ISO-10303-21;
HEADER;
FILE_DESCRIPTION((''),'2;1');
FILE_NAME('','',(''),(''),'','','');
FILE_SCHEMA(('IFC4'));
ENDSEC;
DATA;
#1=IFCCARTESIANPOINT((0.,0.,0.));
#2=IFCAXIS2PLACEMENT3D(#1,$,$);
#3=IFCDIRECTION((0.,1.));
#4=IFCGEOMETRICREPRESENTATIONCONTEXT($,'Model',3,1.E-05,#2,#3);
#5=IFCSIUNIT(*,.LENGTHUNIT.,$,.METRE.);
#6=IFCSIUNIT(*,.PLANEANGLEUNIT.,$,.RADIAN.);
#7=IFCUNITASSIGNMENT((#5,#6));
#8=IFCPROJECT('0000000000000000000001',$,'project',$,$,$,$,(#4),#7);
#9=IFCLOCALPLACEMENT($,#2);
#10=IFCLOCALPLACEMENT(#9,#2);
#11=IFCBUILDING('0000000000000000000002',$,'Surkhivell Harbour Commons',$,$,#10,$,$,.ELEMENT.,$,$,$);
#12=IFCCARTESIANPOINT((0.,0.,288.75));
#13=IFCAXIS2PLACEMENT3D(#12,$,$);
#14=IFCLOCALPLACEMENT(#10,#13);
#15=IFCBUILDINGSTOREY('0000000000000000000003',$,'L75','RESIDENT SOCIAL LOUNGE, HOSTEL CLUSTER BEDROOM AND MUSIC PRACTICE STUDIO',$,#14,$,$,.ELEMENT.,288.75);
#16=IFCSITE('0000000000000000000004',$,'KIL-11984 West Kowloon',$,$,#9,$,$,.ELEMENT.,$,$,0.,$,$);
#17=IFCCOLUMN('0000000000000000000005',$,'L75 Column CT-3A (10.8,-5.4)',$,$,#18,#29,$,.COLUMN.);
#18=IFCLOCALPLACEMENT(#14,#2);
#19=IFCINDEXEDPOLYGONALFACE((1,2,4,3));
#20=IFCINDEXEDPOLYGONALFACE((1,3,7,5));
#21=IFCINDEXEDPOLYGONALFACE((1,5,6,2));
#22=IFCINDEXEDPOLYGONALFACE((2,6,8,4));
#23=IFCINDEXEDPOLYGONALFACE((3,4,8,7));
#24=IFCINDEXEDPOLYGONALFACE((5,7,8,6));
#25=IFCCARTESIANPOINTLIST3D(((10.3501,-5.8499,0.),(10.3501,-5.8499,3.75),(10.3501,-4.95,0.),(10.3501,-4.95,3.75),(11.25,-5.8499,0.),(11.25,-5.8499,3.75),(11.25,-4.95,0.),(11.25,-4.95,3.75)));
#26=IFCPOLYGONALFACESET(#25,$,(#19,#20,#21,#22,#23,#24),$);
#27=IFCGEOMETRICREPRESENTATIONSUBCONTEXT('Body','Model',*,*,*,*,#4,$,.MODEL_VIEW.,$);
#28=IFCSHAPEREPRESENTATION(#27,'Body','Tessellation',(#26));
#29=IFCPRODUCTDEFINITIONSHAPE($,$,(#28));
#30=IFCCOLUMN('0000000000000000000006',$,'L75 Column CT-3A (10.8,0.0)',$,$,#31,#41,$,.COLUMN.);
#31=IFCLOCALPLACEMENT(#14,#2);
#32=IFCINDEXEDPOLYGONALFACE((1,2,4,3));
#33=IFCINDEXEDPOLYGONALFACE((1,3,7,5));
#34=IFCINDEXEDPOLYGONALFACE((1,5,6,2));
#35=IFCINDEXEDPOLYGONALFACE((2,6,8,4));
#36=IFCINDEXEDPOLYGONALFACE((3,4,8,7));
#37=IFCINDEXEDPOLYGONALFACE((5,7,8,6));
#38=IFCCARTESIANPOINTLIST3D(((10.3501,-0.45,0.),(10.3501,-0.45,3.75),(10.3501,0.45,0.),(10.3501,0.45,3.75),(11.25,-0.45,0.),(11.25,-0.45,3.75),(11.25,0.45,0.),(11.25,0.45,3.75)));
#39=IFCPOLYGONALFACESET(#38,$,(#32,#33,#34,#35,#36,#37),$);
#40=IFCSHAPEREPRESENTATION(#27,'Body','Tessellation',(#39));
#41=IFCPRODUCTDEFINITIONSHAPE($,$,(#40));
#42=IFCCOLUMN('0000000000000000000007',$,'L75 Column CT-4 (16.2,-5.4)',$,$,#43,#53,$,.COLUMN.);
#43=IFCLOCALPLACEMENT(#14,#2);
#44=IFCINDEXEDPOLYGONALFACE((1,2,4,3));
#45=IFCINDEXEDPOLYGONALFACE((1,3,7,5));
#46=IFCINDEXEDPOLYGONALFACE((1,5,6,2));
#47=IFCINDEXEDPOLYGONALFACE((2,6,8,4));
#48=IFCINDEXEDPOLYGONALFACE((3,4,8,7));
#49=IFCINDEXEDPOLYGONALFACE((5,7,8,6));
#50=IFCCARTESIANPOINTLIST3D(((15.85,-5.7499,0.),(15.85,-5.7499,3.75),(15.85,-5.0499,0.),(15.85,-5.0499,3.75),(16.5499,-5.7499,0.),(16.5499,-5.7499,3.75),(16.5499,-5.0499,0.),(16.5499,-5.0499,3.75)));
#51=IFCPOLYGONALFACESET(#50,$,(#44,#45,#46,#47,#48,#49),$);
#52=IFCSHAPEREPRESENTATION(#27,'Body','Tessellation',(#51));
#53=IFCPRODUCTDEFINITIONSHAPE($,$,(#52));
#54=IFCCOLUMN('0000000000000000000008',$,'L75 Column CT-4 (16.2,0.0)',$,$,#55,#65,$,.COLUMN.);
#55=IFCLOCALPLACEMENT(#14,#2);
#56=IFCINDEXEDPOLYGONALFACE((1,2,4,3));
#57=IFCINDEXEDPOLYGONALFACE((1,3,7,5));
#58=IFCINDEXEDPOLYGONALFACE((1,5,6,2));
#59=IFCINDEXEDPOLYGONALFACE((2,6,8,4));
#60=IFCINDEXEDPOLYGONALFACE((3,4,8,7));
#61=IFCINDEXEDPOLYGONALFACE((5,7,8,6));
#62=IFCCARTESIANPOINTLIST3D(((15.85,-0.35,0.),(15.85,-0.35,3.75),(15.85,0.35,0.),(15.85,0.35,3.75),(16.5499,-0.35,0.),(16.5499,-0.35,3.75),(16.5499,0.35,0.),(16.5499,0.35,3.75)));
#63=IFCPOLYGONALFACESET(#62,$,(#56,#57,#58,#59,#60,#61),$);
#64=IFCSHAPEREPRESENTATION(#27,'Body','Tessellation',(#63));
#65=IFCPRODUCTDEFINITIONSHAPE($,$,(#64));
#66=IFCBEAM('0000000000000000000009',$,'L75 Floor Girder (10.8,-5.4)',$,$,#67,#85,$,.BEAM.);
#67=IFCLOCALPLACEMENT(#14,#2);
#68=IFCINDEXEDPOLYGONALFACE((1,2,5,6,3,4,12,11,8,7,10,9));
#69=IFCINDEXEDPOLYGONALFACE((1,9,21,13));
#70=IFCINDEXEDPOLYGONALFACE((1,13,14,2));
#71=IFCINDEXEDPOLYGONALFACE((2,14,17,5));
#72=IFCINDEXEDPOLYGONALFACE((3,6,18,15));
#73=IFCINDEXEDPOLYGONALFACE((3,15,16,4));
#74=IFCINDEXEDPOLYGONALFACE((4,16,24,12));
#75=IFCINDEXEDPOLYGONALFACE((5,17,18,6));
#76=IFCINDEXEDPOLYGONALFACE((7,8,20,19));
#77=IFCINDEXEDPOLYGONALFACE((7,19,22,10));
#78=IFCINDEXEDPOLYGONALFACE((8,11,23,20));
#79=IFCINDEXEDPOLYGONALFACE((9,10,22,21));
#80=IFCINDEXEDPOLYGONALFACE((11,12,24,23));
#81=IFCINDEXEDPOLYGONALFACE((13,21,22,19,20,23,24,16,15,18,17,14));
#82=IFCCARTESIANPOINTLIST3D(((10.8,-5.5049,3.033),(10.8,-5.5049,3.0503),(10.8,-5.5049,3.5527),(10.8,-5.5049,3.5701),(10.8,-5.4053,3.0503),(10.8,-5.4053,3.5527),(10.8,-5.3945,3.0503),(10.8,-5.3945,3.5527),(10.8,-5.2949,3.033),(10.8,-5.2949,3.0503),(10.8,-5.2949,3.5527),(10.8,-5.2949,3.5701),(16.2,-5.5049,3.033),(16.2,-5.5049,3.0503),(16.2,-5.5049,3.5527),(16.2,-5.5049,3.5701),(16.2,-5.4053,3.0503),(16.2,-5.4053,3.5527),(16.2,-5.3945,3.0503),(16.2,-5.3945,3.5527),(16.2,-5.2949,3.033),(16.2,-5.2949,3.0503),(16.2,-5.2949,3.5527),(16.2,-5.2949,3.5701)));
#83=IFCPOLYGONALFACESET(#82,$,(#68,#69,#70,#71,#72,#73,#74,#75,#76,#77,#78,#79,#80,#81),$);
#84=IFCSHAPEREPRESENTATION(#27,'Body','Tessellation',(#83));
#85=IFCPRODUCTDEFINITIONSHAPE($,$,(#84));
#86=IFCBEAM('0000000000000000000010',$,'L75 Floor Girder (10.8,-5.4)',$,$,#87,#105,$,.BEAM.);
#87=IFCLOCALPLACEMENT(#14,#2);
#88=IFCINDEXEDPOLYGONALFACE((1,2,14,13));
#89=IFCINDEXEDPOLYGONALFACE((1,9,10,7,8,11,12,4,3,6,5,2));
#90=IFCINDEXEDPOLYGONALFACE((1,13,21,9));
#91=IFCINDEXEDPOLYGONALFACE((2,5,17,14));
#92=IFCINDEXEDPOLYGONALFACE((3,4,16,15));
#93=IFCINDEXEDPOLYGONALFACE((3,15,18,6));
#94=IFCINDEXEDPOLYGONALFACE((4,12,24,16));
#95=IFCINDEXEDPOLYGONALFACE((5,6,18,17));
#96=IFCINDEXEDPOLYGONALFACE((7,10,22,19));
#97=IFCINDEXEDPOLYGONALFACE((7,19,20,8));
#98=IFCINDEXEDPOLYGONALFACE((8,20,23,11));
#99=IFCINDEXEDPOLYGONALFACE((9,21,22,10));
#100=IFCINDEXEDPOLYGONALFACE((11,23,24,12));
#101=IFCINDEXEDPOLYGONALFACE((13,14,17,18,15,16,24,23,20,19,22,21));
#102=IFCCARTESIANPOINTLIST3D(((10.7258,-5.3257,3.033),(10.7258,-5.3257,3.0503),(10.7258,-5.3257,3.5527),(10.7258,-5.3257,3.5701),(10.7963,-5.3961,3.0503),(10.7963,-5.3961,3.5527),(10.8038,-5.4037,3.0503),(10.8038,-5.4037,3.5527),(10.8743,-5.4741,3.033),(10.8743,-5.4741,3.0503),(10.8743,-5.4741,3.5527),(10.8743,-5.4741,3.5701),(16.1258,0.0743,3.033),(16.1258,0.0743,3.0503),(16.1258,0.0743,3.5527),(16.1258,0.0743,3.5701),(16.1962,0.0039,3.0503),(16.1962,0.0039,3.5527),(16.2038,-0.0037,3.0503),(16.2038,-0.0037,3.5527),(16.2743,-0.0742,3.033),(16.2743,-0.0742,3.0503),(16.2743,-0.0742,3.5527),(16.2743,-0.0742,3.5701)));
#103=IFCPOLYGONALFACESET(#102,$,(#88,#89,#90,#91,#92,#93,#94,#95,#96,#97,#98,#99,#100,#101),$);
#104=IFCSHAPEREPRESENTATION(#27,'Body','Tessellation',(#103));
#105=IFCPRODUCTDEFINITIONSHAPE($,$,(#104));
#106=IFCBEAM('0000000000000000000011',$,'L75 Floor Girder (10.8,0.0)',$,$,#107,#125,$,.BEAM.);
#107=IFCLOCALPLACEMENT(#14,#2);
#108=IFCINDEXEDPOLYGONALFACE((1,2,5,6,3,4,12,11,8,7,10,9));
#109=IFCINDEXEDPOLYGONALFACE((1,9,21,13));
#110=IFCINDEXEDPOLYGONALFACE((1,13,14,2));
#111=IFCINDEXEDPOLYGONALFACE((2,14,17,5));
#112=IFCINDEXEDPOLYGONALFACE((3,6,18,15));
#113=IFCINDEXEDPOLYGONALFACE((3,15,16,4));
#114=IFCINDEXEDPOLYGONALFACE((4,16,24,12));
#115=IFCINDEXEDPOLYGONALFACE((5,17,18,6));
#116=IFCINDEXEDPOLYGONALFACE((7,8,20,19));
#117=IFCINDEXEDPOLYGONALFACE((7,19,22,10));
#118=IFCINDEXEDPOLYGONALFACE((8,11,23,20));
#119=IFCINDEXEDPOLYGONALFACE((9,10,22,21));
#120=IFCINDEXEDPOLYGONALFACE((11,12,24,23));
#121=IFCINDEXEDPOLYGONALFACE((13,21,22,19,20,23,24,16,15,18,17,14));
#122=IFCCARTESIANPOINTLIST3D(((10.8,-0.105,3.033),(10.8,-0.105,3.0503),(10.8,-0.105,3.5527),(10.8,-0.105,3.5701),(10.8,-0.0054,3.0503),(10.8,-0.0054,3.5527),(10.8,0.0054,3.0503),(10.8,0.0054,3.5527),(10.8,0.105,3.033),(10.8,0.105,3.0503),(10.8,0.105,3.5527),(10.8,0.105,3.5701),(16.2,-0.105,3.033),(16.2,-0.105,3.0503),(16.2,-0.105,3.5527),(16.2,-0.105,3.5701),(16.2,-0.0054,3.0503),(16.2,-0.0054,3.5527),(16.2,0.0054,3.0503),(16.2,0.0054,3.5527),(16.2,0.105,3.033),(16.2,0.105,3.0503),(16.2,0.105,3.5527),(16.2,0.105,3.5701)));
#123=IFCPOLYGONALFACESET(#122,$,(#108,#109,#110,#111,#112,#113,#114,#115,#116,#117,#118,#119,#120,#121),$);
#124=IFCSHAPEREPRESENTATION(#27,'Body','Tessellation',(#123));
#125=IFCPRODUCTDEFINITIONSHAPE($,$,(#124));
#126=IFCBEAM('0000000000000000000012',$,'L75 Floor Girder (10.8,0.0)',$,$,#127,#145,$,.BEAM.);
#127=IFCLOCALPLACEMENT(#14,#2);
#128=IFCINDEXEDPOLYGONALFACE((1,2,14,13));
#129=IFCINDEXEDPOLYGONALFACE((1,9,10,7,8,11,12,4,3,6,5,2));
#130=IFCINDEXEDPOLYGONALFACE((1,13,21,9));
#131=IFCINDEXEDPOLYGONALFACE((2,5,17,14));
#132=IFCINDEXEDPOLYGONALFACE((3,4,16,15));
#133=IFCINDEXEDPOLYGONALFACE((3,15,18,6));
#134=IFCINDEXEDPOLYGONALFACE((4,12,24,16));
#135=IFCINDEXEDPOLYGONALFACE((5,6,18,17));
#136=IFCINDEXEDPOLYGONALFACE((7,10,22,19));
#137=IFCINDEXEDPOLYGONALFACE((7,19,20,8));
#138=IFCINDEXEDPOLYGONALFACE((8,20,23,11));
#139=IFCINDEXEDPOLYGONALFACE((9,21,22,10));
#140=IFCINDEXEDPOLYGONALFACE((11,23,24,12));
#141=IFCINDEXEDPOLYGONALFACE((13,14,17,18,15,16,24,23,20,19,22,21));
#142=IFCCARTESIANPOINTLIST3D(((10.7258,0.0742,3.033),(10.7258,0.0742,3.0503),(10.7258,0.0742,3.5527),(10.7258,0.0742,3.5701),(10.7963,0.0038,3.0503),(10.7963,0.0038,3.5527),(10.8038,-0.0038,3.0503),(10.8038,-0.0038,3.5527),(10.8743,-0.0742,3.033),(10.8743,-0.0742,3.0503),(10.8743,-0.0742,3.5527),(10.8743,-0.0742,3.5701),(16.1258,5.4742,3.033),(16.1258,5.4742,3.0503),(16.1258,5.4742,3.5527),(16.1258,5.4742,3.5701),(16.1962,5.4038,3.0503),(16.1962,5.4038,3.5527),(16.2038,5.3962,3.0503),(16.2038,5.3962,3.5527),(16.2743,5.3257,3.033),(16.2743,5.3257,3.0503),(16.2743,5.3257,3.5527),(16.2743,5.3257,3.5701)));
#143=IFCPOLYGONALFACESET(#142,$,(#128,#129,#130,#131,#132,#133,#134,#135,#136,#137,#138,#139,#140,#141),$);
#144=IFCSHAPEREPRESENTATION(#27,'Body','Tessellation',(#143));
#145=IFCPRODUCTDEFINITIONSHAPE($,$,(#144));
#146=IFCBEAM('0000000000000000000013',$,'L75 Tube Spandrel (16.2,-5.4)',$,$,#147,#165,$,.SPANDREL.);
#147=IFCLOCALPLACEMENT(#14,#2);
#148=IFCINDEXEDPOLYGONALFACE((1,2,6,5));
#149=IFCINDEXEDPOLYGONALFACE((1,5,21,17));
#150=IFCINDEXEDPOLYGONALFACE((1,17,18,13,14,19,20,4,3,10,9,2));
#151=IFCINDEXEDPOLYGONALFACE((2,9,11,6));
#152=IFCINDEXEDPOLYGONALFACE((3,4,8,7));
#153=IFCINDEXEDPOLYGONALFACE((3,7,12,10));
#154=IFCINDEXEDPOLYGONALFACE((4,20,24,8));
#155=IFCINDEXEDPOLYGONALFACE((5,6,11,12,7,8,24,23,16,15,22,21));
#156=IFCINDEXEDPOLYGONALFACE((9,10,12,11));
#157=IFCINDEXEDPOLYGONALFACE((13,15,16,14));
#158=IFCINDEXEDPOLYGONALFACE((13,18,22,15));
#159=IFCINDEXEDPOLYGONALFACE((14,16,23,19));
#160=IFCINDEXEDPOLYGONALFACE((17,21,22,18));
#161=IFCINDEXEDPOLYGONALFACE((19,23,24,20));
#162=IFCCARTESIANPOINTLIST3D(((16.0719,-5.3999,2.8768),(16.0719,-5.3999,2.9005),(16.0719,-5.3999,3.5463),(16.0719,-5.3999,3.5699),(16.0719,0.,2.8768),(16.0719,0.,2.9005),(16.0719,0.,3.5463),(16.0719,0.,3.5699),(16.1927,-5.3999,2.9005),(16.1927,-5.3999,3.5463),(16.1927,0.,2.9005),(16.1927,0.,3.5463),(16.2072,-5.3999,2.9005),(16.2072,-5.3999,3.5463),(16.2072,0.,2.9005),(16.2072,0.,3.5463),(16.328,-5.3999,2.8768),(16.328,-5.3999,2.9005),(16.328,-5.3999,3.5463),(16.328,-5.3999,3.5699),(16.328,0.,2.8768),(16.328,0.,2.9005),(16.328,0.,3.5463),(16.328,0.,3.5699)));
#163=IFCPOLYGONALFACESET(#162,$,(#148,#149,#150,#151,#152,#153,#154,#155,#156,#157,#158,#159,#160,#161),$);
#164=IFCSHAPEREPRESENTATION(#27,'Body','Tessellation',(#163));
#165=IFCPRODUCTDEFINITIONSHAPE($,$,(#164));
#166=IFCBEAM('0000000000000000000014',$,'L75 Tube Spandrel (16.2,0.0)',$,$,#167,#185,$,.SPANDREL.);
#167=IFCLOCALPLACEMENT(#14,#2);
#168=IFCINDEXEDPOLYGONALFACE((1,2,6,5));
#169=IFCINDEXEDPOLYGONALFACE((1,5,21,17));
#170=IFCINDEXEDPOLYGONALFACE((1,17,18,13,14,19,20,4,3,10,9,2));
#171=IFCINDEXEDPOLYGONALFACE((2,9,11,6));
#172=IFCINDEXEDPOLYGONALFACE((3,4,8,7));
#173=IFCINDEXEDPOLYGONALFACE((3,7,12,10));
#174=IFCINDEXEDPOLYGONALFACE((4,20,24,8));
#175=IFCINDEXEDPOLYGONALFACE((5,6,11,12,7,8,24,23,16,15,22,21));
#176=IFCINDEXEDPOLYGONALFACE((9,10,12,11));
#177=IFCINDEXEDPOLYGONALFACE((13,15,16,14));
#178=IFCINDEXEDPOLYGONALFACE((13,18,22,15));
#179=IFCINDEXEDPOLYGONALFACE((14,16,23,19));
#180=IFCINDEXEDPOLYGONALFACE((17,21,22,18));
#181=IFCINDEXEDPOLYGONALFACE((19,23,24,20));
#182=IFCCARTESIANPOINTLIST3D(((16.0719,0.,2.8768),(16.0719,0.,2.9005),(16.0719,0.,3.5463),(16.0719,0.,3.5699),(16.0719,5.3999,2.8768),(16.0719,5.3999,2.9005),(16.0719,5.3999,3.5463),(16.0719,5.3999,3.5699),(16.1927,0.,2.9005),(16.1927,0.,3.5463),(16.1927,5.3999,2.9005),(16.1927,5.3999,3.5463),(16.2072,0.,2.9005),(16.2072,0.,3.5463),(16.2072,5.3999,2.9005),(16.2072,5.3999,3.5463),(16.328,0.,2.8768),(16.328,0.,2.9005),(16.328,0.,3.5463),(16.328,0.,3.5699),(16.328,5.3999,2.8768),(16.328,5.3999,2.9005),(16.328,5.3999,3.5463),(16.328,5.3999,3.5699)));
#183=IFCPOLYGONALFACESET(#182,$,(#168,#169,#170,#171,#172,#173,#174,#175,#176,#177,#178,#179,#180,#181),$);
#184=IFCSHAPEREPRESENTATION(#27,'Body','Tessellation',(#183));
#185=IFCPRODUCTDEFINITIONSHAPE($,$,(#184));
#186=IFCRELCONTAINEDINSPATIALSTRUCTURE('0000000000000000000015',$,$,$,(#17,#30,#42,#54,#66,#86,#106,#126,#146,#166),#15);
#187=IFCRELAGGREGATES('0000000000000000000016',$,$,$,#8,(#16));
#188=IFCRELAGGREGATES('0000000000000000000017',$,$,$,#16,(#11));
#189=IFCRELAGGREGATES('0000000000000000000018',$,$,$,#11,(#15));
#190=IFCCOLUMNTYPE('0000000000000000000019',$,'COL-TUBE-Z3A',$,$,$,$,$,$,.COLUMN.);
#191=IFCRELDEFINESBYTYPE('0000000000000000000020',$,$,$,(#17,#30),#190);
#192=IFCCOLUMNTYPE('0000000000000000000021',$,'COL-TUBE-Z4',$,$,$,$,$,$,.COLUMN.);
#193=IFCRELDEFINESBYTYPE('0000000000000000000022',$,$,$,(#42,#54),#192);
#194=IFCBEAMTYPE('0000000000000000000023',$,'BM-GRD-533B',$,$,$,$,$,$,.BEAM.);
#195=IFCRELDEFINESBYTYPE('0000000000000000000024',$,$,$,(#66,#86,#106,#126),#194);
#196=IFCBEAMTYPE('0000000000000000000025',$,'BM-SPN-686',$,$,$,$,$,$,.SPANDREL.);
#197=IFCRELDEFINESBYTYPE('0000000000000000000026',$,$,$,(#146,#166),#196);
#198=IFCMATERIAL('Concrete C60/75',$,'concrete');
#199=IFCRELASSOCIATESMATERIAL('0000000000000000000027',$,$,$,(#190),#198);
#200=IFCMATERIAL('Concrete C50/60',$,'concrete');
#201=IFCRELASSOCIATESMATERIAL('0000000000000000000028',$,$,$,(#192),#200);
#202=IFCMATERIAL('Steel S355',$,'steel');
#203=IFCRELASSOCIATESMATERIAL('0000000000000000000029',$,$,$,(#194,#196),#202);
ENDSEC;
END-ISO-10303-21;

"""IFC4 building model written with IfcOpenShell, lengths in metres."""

from ifc_helpers import new_model, si_unit, direction, frame, origin, origin_2d, place, context, subcontext, project, spatial, rectangle, i_section, extrude, material, material_profile, profile_set, type_object, element, save


model = new_model("IFC4")

# Units and contexts
model_context = context("Model", 3, precision=1e-05, world=origin(), true_north=direction((0.0, 1.0)))
body_context = subcontext(model_context, "Body", "Model", "MODEL_VIEW")
ifc_project = project(units=[si_unit("LENGTHUNIT", "METRE"), si_unit("PLANEANGLEUNIT", "RADIAN")], contexts=[model_context])

# Site, building, storey
site_placement = place(None, origin())
site = spatial("IfcSite", under=ifc_project, at=site_placement, Name="KIL-11984 West Kowloon", CompositionType="ELEMENT", RefElevation=0.0)
building_placement = place(site_placement, origin())
building = spatial("IfcBuilding", under=site, at=building_placement, Name="Surkhivell Harbour Commons", CompositionType="ELEMENT")
storey_placement = place(building_placement, frame((0.0, 0.0, 288.75)))
storey = spatial("IfcBuildingStorey", under=building, at=storey_placement, Name="L75", Description="RESIDENT SOCIAL LOUNGE, HOSTEL CLUSTER BEDROOM AND MUSIC PRACTICE STUDIO", CompositionType="ELEMENT", Elevation=288.75)

# Columns
ifc_material_1 = material(Name="Concrete C60/75", Category="concrete")
ifc_material_profile_1 = material_profile(ifc_material_1, rectangle(XDim=0.8999, YDim=0.8999, at=origin_2d()), Name="RC-COL-900x900")
ifc_profile_set_1 = profile_set([ifc_material_profile_1], Name="Concrete C60/75")
column_type_1 = type_object("IfcColumnType", Name="COL-TUBE-Z3A", PredefinedType="COLUMN", material=ifc_profile_set_1)
for number, where, z_axis, x_axis, name in (
    (1, (10.8, -5.3999, 0.0), (0.0, 0.0, 1.0), (1.0, 0.0, 0.0), "L75 Column CT-3A (10.8,-5.4)"),
    (2, (10.8, 0.0, 0.0), (0.0, 0.0, 1.0), (1.0, 0.0, 0.0), "L75 Column CT-3A (10.8,0.0)"),
):
    element("IfcColumn", number, at=place(storey_placement, frame(where, z_axis=z_axis, x_axis=x_axis)), inside=storey, type_object=column_type_1, Name=name, PredefinedType="COLUMN", context=body_context, shape_type="SweptSolid", body=[
        extrude(rectangle(XDim=0.8999, YDim=0.8999, at=origin_2d()), origin(), (0.0, 0.0, 1.0), 3.75),
    ])
ifc_material_2 = material(Name="Concrete C50/60", Category="concrete")
ifc_material_profile_2 = material_profile(ifc_material_2, rectangle(XDim=0.7, YDim=0.7, at=origin_2d()), Name="RC-COL-700x700")
ifc_profile_set_2 = profile_set([ifc_material_profile_2], Name="Concrete C50/60")
column_type_2 = type_object("IfcColumnType", Name="COL-TUBE-Z4", PredefinedType="COLUMN", material=ifc_profile_set_2)
for number, where, z_axis, x_axis, name in (
    (3, (16.2, -5.3999, 0.0), (0.0, 0.0, 1.0), (1.0, 0.0, 0.0), "L75 Column CT-4 (16.2,-5.4)"),
    (4, (16.2, 0.0, 0.0), (0.0, 0.0, 1.0), (1.0, 0.0, 0.0), "L75 Column CT-4 (16.2,0.0)"),
):
    element("IfcColumn", number, at=place(storey_placement, frame(where, z_axis=z_axis, x_axis=x_axis)), inside=storey, type_object=column_type_2, Name=name, PredefinedType="COLUMN", context=body_context, shape_type="SweptSolid", body=[
        extrude(rectangle(XDim=0.7, YDim=0.7, at=origin_2d()), origin(), (0.0, 0.0, 1.0), 3.75),
    ])

# Beams
ifc_material_3 = material(Name="Steel S355", Category="steel")
ifc_material_profile_3 = material_profile(ifc_material_3, i_section(OverallWidth=0.21, OverallDepth=0.5371, WebThickness=0.0107, FlangeThickness=0.0173, at=origin_2d()), Name="UB533x210x101")
ifc_profile_set_3 = profile_set([ifc_material_profile_3], Name="Steel S355")
beam_type_1 = type_object("IfcBeamType", Name="BM-GRD-533B", PredefinedType="BEAM", material=ifc_profile_set_3)
beam_1_placement = place(storey_placement, frame((10.8, -5.3999, 3.3015), z_axis=(1.0, 0.0, 0.0), x_axis=(0.0, 1.0, 0.0)))
element("IfcBeam", 5, at=beam_1_placement, inside=storey, type_object=beam_type_1, Name="L75 Floor Girder (10.8,-5.4)", PredefinedType="BEAM", context=body_context, shape_type="SweptSolid", body=[
    extrude(i_section(OverallWidth=0.21, OverallDepth=0.5371, WebThickness=0.0107, FlangeThickness=0.0173, at=origin_2d()), origin(), (0.0, 0.0, 1.0), 5.3999),
])
beam_2_placement = place(storey_placement, frame((10.8, -5.3999, 3.3015), z_axis=(0.707107, 0.707107, 0.0), x_axis=(-0.707107, 0.707107, 0.0)))
element("IfcBeam", 6, at=beam_2_placement, inside=storey, type_object=beam_type_1, Name="L75 Floor Girder (10.8,-5.4)", PredefinedType="BEAM", context=body_context, shape_type="SweptSolid", body=[
    extrude(i_section(OverallWidth=0.21, OverallDepth=0.5371, WebThickness=0.0107, FlangeThickness=0.0173, at=origin_2d()), origin(), (0.0, 0.0, 1.0), 7.6367),
])
beam_3_placement = place(storey_placement, frame((10.8, 0.0, 3.3015), z_axis=(1.0, 0.0, 0.0), x_axis=(0.0, 1.0, 0.0)))
element("IfcBeam", 7, at=beam_3_placement, inside=storey, type_object=beam_type_1, Name="L75 Floor Girder (10.8,0.0)", PredefinedType="BEAM", context=body_context, shape_type="SweptSolid", body=[
    extrude(i_section(OverallWidth=0.21, OverallDepth=0.5371, WebThickness=0.0107, FlangeThickness=0.0173, at=origin_2d()), origin(), (0.0, 0.0, 1.0), 5.3999),
])
beam_4_placement = place(storey_placement, frame((10.8, 0.0, 3.3015), z_axis=(0.707107, 0.707107, 0.0), x_axis=(-0.707107, 0.707107, 0.0)))
element("IfcBeam", 8, at=beam_4_placement, inside=storey, type_object=beam_type_1, Name="L75 Floor Girder (10.8,0.0)", PredefinedType="BEAM", context=body_context, shape_type="SweptSolid", body=[
    extrude(i_section(OverallWidth=0.21, OverallDepth=0.5371, WebThickness=0.0107, FlangeThickness=0.0173, at=origin_2d()), origin(), (0.0, 0.0, 1.0), 7.6367),
])
ifc_material_profile_4 = material_profile(ifc_material_3, i_section(OverallWidth=0.2561, OverallDepth=0.6931, WebThickness=0.0144, FlangeThickness=0.0237, at=origin_2d()), Name="UB686x254x170")
ifc_profile_set_4 = profile_set([ifc_material_profile_4], Name="Steel S355")
beam_type_2 = type_object("IfcBeamType", Name="BM-SPN-686", PredefinedType="SPANDREL", material=ifc_profile_set_4)
for number, where, z_axis, x_axis, name in (
    (9, (16.2, -5.3999, 3.2234), (0.0, 1.0, 0.0), (-1.0, 0.0, 0.0), "L75 Tube Spandrel (16.2,-5.4)"),
    (10, (16.2, 0.0, 3.2234), (0.0, 1.0, 0.0), (-1.0, 0.0, 0.0), "L75 Tube Spandrel (16.2,0.0)"),
):
    element("IfcBeam", number, at=place(storey_placement, frame(where, z_axis=z_axis, x_axis=x_axis)), inside=storey, type_object=beam_type_2, Name=name, PredefinedType="SPANDREL", context=body_context, shape_type="SweptSolid", body=[
        extrude(i_section(OverallWidth=0.2561, OverallDepth=0.6931, WebThickness=0.0144, FlangeThickness=0.0237, at=origin_2d()), origin(), (0.0, 0.0, 1.0), 5.3999),
    ])

save(model, "model.ifc")
